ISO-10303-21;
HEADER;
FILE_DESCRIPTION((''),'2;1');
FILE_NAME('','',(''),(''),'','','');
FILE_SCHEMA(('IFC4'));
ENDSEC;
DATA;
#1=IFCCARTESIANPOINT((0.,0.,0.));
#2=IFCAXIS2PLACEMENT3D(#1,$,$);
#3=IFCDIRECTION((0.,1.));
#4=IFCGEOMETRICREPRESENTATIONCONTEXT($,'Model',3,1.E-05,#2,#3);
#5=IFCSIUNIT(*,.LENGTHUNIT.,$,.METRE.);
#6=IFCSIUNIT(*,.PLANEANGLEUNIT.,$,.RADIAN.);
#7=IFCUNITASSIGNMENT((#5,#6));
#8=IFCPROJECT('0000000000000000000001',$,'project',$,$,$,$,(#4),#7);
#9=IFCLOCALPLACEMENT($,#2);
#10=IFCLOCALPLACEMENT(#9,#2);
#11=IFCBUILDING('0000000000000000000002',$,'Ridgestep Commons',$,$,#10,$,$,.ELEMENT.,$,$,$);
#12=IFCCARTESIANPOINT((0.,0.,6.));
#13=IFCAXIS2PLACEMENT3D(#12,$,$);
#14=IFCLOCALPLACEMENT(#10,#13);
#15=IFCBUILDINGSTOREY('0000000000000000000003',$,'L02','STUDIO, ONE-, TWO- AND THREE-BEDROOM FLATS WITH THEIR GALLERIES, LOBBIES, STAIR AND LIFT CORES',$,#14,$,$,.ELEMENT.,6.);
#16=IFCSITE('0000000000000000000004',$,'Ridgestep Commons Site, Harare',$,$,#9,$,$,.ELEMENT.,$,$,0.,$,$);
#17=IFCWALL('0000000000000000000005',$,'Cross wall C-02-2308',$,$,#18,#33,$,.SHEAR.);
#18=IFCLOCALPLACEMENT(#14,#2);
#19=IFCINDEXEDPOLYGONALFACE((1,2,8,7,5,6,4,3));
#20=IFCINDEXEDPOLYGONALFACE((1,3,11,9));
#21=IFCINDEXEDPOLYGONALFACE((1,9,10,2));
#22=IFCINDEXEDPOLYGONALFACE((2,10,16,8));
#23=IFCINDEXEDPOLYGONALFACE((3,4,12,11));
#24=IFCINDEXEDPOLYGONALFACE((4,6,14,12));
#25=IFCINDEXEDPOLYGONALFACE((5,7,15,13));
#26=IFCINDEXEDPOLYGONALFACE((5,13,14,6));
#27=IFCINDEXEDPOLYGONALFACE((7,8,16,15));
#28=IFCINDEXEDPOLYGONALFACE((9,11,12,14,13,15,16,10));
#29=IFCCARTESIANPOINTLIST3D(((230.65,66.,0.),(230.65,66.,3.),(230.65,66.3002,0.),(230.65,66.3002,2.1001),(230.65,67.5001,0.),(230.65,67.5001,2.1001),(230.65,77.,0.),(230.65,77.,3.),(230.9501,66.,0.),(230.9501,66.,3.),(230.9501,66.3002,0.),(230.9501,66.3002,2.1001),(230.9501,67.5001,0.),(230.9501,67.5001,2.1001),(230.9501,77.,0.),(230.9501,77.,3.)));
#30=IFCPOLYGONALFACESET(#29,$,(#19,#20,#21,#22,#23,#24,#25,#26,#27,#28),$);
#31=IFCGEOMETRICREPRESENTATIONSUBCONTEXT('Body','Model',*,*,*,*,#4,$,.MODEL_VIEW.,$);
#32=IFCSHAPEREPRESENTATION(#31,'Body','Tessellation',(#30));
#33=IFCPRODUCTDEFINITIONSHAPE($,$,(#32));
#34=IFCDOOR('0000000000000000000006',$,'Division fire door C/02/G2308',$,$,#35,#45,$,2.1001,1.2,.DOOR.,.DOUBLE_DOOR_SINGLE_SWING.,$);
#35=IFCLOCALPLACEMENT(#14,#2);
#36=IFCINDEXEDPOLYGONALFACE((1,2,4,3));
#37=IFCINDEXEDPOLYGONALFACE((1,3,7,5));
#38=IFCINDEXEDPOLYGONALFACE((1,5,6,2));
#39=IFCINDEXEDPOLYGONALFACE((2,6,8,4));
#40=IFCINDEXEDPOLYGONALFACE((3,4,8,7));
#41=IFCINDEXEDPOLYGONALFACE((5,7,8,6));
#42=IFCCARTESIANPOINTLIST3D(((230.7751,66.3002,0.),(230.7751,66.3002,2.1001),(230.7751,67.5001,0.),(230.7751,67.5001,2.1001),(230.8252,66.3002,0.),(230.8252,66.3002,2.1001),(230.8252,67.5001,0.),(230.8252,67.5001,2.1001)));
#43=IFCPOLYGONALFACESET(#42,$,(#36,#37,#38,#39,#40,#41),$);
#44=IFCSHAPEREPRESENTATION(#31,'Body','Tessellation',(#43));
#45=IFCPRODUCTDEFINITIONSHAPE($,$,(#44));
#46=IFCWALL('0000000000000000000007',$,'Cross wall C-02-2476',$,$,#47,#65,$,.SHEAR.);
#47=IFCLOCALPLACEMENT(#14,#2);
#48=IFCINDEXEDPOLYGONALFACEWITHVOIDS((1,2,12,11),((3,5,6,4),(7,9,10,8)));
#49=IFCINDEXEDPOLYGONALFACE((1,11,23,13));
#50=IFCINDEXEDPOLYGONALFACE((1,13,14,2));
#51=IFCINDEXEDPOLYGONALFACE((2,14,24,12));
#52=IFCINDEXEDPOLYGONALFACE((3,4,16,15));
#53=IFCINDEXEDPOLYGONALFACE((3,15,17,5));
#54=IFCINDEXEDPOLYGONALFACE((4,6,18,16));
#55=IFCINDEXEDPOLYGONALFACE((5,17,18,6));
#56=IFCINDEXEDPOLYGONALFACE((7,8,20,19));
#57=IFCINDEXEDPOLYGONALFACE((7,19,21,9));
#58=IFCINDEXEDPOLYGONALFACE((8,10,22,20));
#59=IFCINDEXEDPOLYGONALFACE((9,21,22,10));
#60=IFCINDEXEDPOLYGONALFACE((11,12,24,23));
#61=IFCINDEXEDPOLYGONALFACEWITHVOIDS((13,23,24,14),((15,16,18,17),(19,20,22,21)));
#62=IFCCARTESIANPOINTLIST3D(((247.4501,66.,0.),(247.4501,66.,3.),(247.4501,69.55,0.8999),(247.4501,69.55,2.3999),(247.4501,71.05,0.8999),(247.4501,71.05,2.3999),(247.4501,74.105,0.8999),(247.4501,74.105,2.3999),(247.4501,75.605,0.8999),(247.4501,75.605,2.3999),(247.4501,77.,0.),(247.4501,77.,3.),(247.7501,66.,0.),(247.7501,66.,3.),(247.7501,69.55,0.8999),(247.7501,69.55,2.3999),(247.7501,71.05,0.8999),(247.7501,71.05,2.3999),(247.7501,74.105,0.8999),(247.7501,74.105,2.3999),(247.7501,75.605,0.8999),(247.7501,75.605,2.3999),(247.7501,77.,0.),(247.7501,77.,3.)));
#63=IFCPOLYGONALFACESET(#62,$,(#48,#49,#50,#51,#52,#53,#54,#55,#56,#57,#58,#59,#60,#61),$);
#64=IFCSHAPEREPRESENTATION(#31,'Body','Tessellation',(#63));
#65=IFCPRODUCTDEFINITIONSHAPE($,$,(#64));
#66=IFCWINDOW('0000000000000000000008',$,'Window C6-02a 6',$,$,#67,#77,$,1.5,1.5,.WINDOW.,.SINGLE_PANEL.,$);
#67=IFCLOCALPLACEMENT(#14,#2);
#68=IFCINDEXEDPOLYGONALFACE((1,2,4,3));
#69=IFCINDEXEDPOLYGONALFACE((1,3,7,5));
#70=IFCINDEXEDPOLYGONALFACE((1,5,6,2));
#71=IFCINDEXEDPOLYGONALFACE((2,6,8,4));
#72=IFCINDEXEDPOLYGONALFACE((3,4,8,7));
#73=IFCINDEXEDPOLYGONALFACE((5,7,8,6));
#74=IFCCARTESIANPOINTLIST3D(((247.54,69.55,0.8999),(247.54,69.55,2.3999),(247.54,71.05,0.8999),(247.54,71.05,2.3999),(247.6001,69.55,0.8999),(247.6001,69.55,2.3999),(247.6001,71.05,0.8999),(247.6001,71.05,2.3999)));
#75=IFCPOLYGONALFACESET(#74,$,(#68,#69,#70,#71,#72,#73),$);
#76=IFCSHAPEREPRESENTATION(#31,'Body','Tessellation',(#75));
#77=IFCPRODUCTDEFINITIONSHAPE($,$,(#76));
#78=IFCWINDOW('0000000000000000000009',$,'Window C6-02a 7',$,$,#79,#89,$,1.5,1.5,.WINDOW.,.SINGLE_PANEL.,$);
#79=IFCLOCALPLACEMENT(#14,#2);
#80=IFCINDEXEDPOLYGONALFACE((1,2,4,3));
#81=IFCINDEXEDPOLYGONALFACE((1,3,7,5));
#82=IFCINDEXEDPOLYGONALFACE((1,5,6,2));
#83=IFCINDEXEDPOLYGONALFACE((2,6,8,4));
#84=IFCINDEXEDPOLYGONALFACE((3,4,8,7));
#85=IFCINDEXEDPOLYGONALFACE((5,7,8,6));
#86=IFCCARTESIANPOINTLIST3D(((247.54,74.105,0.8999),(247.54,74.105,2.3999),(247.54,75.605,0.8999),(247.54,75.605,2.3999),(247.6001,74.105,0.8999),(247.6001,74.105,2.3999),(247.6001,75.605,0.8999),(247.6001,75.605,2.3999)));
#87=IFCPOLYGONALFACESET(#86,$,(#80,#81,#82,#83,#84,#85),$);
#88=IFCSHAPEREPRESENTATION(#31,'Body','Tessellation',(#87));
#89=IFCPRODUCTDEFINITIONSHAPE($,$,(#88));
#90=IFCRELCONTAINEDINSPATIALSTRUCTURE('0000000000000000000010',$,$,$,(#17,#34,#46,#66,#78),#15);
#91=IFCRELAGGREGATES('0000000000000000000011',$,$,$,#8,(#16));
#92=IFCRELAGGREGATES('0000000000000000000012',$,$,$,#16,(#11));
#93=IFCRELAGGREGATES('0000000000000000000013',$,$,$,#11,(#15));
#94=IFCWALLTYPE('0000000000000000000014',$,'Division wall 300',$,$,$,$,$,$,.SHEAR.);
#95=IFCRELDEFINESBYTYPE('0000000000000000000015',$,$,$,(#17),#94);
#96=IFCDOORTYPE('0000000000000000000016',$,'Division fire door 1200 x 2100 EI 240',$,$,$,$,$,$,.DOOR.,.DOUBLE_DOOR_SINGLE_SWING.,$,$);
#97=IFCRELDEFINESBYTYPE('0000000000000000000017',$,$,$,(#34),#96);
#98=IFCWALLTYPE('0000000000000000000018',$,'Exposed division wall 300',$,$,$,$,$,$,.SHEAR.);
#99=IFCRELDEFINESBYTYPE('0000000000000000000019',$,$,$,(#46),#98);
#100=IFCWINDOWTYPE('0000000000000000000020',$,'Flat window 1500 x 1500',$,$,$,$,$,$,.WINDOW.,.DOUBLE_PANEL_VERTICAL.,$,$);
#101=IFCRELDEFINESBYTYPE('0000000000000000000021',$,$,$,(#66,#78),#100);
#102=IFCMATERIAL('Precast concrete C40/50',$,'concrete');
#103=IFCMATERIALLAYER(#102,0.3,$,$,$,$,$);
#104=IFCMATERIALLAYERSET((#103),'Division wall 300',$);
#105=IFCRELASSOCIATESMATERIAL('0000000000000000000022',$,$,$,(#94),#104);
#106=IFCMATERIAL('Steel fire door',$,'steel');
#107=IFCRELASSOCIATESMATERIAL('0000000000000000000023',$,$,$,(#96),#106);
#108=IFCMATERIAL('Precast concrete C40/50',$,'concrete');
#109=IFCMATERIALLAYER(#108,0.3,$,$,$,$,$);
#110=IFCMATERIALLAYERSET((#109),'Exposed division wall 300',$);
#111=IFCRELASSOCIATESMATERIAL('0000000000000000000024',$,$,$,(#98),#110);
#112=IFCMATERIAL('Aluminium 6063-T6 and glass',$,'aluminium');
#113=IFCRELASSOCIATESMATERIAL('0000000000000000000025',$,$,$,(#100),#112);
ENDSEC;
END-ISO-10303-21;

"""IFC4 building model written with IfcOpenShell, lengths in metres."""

from ifc_helpers import new_model, si_unit, direction, frame, frame_2d, origin, place, context, subcontext, project, spatial, rectangle, extrude, material, layer, layer_set, type_object, element, fill, save


model = new_model("IFC4")

# Units and contexts
model_context = context("Model", 3, precision=1e-05, world=origin(), true_north=direction((0.0, 1.0)))
body_context = subcontext(model_context, "Body", "Model", "MODEL_VIEW")
ifc_project = project(units=[si_unit("LENGTHUNIT", "METRE"), si_unit("PLANEANGLEUNIT", "RADIAN")], contexts=[model_context])

# Site, building, storey
site_placement = place(None, origin())
site = spatial("IfcSite", under=ifc_project, at=site_placement, Name="Ridgestep Commons Site, Harare", CompositionType="ELEMENT", RefElevation=0.0)
building_placement = place(site_placement, origin())
building = spatial("IfcBuilding", under=site, at=building_placement, Name="Ridgestep Commons", CompositionType="ELEMENT")
storey_placement = place(building_placement, frame((0.0, 0.0, 6.0)))
storey = spatial("IfcBuildingStorey", under=building, at=storey_placement, Name="L02", Description="STUDIO, ONE-, TWO- AND THREE-BEDROOM FLATS WITH THEIR GALLERIES, LOBBIES, STAIR AND LIFT CORES", CompositionType="ELEMENT", Elevation=6.0)

# Wall, opening, door
ifc_material_1 = material(Name="Precast concrete C40/50", Category="concrete")
ifc_layer_1 = layer(ifc_material_1, 0.3)
ifc_layer_set_1 = layer_set([ifc_layer_1], Name="Division wall 300")
wall_type_1 = type_object("IfcWallType", Name="Division wall 300", PredefinedType="SHEAR", material=ifc_layer_set_1)
wall_1_placement = place(storey_placement, frame((230.8, 66.0, 0.0), z_axis=(0.0, 0.0, 1.0), x_axis=(0.0, 1.0, 0.0)))
wall_1 = element("IfcWall", 1, at=wall_1_placement, inside=storey, type_object=wall_type_1, Name="Cross wall C-02-2308", PredefinedType="SHEAR", context=body_context, shape_type="SweptSolid", body=[
    extrude(rectangle(XDim=11.0, YDim=0.3, at=frame_2d((5.5, 0.0))), origin(), (0.0, 0.0, 1.0), 3.0),
])
opening_1_placement = place(wall_1_placement, frame((0.3, 0.0, 0.0)))
opening_1 = element("IfcOpeningElement", 2, at=opening_1_placement, cuts=wall_1, PredefinedType="OPENING", context=body_context, shape_type="SweptSolid", body=[
    extrude(rectangle(XDim=1.2, YDim=2.1001, at=frame_2d((0.6001, 1.05))), frame((0.0, 0.1599, 0.0), z_axis=(0.0, -1.0, 0.0), x_axis=(1.0, 0.0, 0.0)), (0.0, 0.0, 1.0), 0.3201),
])
ifc_material_2 = material(Name="Steel fire door", Category="steel")
door_type = type_object("IfcDoorType", Name="Division fire door 1200 x 2100 EI 240", OperationType="DOUBLE_DOOR_SINGLE_SWING", PredefinedType="DOOR", material=ifc_material_2)
door_placement = place(opening_1_placement, origin())
door = element("IfcDoor", 3, at=door_placement, inside=storey, type_object=door_type, Name="Division fire door C/02/G2308", OperationType="DOUBLE_DOOR_SINGLE_SWING", OverallHeight=2.1001, OverallWidth=1.2, PredefinedType="DOOR", context=body_context, shape_type="SweptSolid", body=[
    extrude(rectangle(XDim=1.2, YDim=2.1001, at=frame_2d((0.6001, 1.05))), frame((0.0, 0.0249, 0.0), z_axis=(0.0, -1.0, 0.0), x_axis=(1.0, 0.0, 0.0)), (0.0, 0.0, 1.0), 0.05),
])
fill(opening_1, door)

# Wall, openings, windows
ifc_material_3 = material(Name="Precast concrete C40/50", Category="concrete")
ifc_layer_2 = layer(ifc_material_3, 0.3)
ifc_layer_set_2 = layer_set([ifc_layer_2], Name="Exposed division wall 300")
wall_type_2 = type_object("IfcWallType", Name="Exposed division wall 300", PredefinedType="SHEAR", material=ifc_layer_set_2)
wall_2_placement = place(storey_placement, frame((247.6001, 66.0, 0.0), z_axis=(0.0, 0.0, 1.0), x_axis=(0.0, 1.0, 0.0)))
wall_2 = element("IfcWall", 4, at=wall_2_placement, inside=storey, type_object=wall_type_2, Name="Cross wall C-02-2476", PredefinedType="SHEAR", context=body_context, shape_type="SweptSolid", body=[
    extrude(rectangle(XDim=11.0, YDim=0.3, at=frame_2d((5.5, 0.0))), origin(), (0.0, 0.0, 1.0), 3.0),
])
opening_2_placement = place(wall_2_placement, frame((3.55, 0.0, 0.8999)))
opening_2 = element("IfcOpeningElement", 5, at=opening_2_placement, cuts=wall_2, PredefinedType="OPENING", context=body_context, shape_type="SweptSolid", body=[
    extrude(rectangle(XDim=1.5, YDim=1.5, at=frame_2d((0.75, 0.75))), frame((0.0, 0.1599, 0.0), z_axis=(0.0, -1.0, 0.0), x_axis=(1.0, 0.0, 0.0)), (0.0, 0.0, 1.0), 0.3201),
])
opening_3_placement = place(wall_2_placement, frame((8.105, 0.0, 0.8999)))
opening_3 = element("IfcOpeningElement", 6, at=opening_3_placement, cuts=wall_2, PredefinedType="OPENING", context=body_context, shape_type="SweptSolid", body=[
    extrude(rectangle(XDim=1.5, YDim=1.5, at=frame_2d((0.75, 0.75))), frame((0.0, 0.1599, 0.0), z_axis=(0.0, -1.0, 0.0), x_axis=(1.0, 0.0, 0.0)), (0.0, 0.0, 1.0), 0.3201),
])
ifc_material_4 = material(Name="Aluminium 6063-T6 and glass", Category="aluminium")
window_type = type_object("IfcWindowType", Name="Flat window 1500 x 1500", PartitioningType="DOUBLE_PANEL_VERTICAL", PredefinedType="WINDOW", material=ifc_material_4)
window_1_placement = place(opening_2_placement, origin())
window_1 = element("IfcWindow", 7, at=window_1_placement, inside=storey, type_object=window_type, Name="Window C6-02a 6", OverallHeight=1.5, OverallWidth=1.5, PartitioningType="SINGLE_PANEL", PredefinedType="WINDOW", context=body_context, shape_type="SweptSolid", body=[
    extrude(rectangle(XDim=1.5, YDim=1.5, at=frame_2d((0.75, 0.75))), frame((0.0, 0.0601, 0.0), z_axis=(0.0, -1.0, 0.0), x_axis=(1.0, 0.0, 0.0)), (0.0, 0.0, 1.0), 0.0601),
])
fill(opening_2, window_1)
window_2_placement = place(opening_3_placement, origin())
window_2 = element("IfcWindow", 8, at=window_2_placement, inside=storey, type_object=window_type, Name="Window C6-02a 7", OverallHeight=1.5, OverallWidth=1.5, PartitioningType="SINGLE_PANEL", PredefinedType="WINDOW", context=body_context, shape_type="SweptSolid", body=[
    extrude(rectangle(XDim=1.5, YDim=1.5, at=frame_2d((0.75, 0.75))), frame((0.0, 0.0601, 0.0), z_axis=(0.0, -1.0, 0.0), x_axis=(1.0, 0.0, 0.0)), (0.0, 0.0, 1.0), 0.0601),
])
fill(opening_3, window_2)

save(model, "model.ifc")
